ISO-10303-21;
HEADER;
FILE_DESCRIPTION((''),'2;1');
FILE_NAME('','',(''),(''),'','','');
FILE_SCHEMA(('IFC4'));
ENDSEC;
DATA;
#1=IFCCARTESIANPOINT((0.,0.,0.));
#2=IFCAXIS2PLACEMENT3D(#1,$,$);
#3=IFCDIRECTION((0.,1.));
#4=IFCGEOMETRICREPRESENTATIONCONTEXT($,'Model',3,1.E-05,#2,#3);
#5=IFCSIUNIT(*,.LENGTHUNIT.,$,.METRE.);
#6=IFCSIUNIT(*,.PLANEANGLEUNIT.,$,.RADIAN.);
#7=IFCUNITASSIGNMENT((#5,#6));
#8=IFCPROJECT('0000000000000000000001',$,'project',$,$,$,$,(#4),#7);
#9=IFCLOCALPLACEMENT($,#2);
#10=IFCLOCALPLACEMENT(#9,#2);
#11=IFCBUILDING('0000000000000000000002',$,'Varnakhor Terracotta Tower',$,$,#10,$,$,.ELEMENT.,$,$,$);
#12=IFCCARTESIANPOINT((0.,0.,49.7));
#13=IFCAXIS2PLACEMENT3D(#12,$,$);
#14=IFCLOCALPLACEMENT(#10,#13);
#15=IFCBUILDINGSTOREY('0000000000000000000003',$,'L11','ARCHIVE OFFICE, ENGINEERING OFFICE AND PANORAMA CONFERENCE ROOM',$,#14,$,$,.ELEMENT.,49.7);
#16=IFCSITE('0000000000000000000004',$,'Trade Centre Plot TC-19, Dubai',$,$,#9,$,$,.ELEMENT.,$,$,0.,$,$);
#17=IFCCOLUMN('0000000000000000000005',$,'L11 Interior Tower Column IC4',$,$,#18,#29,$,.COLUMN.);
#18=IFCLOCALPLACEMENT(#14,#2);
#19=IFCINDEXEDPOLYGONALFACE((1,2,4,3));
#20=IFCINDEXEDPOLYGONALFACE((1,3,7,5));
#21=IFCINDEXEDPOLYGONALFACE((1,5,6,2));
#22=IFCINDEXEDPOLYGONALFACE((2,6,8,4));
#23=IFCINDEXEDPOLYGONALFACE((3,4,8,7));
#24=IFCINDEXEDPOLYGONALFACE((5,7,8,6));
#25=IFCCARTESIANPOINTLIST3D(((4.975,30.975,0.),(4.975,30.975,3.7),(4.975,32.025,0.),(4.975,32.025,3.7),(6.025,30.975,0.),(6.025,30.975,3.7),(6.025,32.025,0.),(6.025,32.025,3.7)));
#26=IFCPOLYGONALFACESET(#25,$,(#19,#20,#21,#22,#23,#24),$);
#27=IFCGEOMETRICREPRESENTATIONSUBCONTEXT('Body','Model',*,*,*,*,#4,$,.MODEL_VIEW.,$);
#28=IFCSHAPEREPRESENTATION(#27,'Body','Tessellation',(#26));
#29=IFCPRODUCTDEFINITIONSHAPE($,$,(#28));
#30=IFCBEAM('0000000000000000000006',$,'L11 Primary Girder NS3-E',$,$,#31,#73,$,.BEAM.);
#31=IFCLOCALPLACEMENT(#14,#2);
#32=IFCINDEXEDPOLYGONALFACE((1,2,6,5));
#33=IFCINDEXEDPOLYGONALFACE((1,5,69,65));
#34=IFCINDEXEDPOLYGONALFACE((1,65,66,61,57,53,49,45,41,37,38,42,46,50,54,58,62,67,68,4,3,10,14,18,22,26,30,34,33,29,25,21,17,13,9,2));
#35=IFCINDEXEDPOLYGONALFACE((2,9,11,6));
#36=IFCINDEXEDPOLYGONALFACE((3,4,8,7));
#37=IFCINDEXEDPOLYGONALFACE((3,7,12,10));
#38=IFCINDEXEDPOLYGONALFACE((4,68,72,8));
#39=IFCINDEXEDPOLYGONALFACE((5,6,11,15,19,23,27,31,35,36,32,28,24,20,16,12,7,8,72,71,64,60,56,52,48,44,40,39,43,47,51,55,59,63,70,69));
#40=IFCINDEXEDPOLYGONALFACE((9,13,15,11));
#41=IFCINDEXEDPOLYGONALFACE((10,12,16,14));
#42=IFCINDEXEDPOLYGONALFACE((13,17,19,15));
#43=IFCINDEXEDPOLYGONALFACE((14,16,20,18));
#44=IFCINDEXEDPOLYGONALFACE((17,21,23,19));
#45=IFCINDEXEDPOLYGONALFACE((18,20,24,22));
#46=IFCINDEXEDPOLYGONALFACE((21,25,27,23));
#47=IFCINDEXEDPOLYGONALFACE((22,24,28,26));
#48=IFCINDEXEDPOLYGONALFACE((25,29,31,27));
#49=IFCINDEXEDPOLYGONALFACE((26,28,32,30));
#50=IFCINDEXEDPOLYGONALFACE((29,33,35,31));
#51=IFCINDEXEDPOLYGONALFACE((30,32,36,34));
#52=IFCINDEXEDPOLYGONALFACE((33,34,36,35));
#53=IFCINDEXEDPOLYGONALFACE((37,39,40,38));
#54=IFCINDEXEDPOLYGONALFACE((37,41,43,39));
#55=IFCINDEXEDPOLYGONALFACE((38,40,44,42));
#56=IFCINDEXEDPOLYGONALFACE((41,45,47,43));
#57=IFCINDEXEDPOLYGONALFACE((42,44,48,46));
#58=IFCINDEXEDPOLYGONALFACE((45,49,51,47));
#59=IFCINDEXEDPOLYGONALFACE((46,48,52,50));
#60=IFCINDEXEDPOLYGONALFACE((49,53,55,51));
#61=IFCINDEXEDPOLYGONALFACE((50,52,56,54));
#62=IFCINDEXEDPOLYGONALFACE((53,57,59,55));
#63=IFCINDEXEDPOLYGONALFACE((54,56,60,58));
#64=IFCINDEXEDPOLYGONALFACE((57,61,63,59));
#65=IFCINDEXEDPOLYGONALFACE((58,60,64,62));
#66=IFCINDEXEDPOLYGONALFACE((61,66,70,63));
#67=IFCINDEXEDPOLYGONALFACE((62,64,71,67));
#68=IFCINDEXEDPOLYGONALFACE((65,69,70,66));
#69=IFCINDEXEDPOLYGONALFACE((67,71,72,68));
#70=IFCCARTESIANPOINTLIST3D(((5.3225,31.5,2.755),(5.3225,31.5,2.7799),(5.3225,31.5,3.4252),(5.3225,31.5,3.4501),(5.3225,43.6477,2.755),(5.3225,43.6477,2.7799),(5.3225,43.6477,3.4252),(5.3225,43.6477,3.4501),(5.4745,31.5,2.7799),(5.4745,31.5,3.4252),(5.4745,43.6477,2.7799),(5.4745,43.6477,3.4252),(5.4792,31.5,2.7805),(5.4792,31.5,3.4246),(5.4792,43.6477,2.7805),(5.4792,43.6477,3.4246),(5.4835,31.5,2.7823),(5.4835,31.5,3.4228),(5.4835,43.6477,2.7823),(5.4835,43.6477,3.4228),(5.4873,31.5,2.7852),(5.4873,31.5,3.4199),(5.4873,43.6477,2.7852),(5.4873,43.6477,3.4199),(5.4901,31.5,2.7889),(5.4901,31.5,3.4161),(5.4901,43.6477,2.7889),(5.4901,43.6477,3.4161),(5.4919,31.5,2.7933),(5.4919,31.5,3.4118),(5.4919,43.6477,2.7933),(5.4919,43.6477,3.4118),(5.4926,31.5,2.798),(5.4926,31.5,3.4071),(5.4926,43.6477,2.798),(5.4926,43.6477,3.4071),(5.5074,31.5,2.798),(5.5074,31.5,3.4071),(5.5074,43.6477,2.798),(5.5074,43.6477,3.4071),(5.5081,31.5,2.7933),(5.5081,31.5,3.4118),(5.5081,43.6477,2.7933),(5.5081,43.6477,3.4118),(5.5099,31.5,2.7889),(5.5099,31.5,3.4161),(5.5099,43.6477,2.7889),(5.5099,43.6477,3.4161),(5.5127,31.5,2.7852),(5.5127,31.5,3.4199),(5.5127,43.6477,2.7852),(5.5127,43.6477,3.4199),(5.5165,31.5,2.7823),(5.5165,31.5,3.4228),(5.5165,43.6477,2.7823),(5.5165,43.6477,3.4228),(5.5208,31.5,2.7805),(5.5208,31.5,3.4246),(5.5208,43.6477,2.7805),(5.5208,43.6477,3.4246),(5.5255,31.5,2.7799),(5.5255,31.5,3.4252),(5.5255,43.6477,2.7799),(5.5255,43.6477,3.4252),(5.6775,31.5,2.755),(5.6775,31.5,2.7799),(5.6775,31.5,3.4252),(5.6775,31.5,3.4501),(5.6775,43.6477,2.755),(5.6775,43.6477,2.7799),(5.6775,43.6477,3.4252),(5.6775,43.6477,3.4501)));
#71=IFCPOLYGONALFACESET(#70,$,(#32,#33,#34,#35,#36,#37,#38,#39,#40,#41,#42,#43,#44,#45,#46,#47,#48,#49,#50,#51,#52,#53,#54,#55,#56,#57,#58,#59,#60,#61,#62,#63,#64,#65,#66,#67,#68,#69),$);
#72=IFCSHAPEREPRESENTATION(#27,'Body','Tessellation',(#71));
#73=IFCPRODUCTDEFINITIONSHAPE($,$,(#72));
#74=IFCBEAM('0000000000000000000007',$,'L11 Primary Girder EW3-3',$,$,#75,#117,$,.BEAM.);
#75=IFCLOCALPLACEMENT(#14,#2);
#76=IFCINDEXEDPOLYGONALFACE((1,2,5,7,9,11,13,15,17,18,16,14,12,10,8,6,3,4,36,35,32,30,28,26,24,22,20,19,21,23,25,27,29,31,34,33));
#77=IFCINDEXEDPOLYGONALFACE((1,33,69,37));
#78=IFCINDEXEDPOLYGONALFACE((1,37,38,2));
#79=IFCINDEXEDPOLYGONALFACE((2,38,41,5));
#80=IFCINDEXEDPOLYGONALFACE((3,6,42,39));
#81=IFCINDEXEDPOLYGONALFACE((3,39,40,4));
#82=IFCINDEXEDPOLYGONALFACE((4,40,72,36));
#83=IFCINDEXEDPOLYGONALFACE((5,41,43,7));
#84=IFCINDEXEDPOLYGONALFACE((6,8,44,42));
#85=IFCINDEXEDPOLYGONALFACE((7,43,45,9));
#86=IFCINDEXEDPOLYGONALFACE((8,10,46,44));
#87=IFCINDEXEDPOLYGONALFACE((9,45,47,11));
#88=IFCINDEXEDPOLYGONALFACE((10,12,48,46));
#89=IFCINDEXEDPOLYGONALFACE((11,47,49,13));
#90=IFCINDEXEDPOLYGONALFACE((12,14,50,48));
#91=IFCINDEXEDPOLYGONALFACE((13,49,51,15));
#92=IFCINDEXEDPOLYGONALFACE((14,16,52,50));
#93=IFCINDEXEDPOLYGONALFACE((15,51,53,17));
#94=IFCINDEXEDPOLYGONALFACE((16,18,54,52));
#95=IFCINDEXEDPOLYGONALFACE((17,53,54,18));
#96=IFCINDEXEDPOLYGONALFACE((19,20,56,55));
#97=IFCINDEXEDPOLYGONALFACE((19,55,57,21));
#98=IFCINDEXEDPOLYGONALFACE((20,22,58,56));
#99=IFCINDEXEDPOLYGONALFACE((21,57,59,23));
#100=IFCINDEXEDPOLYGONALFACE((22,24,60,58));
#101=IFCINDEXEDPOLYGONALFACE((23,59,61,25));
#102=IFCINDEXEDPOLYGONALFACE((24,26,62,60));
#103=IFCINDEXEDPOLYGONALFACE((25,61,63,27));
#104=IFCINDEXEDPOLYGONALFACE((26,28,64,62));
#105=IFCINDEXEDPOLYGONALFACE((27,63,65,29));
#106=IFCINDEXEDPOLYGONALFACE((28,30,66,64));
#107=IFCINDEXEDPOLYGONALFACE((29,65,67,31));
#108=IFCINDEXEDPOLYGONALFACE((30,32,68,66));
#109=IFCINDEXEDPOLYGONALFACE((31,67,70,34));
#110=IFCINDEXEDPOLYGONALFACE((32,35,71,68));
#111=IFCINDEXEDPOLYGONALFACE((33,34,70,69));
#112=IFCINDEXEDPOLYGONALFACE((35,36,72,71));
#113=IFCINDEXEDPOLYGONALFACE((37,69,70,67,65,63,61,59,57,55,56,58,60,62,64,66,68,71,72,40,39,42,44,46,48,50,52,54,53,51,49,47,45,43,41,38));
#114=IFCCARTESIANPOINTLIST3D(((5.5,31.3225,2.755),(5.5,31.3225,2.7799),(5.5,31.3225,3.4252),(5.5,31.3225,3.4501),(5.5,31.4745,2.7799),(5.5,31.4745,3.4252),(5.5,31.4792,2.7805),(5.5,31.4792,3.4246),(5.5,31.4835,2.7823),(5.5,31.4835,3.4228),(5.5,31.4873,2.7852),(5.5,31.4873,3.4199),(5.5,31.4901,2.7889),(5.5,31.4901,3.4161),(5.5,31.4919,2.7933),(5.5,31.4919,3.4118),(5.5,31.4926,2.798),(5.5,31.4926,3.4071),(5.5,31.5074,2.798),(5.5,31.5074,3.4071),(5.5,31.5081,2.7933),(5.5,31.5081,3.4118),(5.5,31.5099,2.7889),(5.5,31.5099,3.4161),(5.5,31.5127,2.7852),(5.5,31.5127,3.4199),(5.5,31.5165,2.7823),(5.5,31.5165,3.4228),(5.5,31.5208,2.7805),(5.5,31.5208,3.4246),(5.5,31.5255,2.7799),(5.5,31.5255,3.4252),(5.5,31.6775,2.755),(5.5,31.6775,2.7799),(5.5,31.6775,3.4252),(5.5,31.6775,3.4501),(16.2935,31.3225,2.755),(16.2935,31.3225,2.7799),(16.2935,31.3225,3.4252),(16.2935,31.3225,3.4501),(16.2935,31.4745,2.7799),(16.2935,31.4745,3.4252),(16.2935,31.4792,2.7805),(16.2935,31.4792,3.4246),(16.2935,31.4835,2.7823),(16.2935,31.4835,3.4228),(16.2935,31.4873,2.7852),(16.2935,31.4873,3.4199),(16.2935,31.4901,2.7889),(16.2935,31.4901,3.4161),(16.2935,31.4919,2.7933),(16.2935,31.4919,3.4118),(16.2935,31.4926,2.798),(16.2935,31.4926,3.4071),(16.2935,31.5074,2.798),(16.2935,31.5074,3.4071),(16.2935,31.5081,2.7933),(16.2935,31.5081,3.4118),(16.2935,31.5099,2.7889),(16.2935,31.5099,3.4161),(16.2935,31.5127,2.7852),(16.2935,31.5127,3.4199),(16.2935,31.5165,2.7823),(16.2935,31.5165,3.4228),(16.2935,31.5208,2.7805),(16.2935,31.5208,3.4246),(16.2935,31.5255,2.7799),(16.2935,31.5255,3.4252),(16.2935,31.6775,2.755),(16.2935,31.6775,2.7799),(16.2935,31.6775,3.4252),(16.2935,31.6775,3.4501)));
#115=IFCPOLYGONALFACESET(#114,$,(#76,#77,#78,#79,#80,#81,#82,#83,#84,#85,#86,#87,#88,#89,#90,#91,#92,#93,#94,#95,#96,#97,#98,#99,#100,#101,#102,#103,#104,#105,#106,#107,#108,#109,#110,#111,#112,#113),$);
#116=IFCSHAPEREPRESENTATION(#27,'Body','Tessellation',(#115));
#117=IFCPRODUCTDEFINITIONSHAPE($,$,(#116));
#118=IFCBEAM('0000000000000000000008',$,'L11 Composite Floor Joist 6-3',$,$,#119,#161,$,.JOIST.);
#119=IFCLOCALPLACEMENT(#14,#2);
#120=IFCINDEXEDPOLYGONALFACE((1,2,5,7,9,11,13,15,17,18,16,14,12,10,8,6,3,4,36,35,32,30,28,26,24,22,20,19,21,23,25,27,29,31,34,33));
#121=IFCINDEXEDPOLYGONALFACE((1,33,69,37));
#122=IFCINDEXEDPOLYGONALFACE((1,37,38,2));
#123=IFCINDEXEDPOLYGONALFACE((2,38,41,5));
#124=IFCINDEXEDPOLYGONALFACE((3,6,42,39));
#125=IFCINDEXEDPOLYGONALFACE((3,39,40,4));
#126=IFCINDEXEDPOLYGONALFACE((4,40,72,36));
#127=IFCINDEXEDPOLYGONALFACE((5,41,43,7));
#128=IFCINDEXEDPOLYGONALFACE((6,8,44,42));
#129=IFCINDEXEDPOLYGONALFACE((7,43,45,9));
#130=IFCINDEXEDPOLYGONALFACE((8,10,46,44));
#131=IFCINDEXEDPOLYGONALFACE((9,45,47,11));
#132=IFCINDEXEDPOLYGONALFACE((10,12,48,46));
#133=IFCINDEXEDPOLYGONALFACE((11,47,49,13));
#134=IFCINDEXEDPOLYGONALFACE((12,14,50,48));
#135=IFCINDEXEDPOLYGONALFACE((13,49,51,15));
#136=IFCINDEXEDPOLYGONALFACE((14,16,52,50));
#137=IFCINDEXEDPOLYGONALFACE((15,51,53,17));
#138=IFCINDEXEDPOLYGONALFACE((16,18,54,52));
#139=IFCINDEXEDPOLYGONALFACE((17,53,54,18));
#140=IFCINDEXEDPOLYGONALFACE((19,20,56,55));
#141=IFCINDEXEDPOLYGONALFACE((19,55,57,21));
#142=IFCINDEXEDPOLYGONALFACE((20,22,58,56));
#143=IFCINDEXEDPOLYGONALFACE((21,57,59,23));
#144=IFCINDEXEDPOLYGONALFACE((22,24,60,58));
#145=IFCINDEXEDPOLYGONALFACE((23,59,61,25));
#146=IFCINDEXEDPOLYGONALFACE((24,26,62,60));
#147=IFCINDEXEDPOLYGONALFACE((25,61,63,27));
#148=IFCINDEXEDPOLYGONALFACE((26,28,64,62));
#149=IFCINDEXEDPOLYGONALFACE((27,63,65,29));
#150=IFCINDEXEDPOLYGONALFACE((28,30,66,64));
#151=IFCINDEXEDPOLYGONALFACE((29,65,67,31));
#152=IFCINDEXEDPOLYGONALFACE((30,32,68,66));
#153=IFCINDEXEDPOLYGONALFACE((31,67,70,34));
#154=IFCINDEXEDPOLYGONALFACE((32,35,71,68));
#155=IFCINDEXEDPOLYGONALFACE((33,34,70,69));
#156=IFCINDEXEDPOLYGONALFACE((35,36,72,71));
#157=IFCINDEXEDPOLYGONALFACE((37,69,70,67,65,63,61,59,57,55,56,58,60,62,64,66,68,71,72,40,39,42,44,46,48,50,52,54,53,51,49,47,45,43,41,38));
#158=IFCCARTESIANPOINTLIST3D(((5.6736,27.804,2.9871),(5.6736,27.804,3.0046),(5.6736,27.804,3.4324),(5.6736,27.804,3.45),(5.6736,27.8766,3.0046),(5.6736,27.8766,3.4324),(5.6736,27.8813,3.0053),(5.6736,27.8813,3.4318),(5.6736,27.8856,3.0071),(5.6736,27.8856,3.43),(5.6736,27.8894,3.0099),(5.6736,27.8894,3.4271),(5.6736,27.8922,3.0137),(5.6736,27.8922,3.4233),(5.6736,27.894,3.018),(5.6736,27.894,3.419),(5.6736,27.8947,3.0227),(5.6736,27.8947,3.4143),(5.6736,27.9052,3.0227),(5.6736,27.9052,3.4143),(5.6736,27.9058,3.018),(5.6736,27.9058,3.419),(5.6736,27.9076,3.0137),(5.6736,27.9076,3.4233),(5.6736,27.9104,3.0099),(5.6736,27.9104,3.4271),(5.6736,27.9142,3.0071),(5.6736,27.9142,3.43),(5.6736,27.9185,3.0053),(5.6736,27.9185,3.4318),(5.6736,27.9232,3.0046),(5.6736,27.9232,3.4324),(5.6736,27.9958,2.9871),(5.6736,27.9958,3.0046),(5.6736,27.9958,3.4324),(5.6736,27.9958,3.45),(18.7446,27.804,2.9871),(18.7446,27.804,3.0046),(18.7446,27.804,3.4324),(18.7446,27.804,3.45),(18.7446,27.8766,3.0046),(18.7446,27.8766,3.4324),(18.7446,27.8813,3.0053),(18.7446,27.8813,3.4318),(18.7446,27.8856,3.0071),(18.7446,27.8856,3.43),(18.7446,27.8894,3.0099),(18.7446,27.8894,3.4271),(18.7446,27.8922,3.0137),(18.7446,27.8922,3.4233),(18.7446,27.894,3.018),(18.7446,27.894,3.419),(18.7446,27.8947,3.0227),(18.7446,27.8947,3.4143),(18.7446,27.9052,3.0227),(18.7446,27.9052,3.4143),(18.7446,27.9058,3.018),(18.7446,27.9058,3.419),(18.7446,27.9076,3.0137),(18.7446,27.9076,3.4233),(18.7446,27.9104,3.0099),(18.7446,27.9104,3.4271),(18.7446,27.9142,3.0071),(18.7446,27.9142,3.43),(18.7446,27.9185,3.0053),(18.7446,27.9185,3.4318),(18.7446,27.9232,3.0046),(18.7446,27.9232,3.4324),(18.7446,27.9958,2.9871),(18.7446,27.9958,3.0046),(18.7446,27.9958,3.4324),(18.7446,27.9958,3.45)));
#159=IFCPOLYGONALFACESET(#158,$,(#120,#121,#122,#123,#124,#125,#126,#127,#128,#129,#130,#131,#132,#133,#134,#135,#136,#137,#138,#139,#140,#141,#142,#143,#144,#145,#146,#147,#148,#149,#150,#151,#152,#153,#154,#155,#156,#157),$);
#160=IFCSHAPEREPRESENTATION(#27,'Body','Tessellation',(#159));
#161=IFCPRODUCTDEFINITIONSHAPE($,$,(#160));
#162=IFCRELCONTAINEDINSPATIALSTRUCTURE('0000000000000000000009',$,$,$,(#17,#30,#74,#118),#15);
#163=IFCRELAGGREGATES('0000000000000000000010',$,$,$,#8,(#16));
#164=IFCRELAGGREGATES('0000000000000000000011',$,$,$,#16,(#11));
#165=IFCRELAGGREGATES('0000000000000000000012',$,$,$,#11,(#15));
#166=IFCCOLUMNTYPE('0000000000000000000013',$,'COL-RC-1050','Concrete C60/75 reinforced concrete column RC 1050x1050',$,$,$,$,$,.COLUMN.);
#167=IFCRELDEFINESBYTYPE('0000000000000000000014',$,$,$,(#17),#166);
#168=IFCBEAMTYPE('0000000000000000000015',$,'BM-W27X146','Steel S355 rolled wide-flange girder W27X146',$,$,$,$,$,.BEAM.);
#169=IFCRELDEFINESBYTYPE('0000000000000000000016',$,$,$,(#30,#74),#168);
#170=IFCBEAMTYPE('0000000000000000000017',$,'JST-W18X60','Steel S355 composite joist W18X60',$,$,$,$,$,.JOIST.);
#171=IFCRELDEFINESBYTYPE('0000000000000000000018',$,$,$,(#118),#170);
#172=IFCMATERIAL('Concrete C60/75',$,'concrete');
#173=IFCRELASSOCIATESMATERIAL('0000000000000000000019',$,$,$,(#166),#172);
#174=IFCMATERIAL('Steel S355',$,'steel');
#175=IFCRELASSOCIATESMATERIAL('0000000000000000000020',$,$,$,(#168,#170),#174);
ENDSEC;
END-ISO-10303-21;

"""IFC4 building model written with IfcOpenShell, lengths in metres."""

from ifc_helpers import new_model, si_unit, direction, frame, origin, origin_2d, place, context, subcontext, project, spatial, rectangle, i_section, extrude, source, transform, mapped, material, material_profile, profile_set, type_object, element, save


model = new_model("IFC4")

# Units and contexts
model_context = context("Model", 3, precision=1e-05, world=origin(), true_north=direction((0.0, 1.0)))
body_context = subcontext(model_context, "Body", "Model", "MODEL_VIEW")
ifc_project = project(units=[si_unit("LENGTHUNIT", "METRE"), si_unit("PLANEANGLEUNIT", "RADIAN")], contexts=[model_context])

# Site, building, storey
site_placement = place(None, origin())
site = spatial("IfcSite", under=ifc_project, at=site_placement, Name="Trade Centre Plot TC-19, Dubai", CompositionType="ELEMENT", RefElevation=0.0)
building_placement = place(site_placement, origin())
building = spatial("IfcBuilding", under=site, at=building_placement, Name="Varnakhor Terracotta Tower", CompositionType="ELEMENT")
storey_placement = place(building_placement, frame((0.0, 0.0, 49.7)))
storey = spatial("IfcBuildingStorey", under=building, at=storey_placement, Name="L11", Description="ARCHIVE OFFICE, ENGINEERING OFFICE AND PANORAMA CONFERENCE ROOM", CompositionType="ELEMENT", Elevation=49.7)

# Column
ifc_material_1 = material(Name="Concrete C60/75", Category="concrete")
ifc_material_profile_1 = material_profile(ifc_material_1, rectangle(XDim=1.05, YDim=1.05, at=origin_2d()), Name="RC 1050x1050")
ifc_profile_set_1 = profile_set([ifc_material_profile_1], Name="Concrete C60/75")
column_type = type_object("IfcColumnType", Name="COL-RC-1050", Description="Concrete C60/75 reinforced concrete column RC 1050x1050", PredefinedType="COLUMN", material=ifc_profile_set_1)
shared_shape_1 = source(origin(), body_context, "Body", "SweptSolid", [
    extrude(rectangle(XDim=1.05, YDim=1.05, at=origin_2d()), origin(), (0.0, 0.0, 1.0), 3.7),
])
column_placement = place(storey_placement, frame((5.5, 31.5, 0.0), z_axis=(0.0, 0.0, 1.0), x_axis=(1.0, 0.0, 0.0)))
element("IfcColumn", 1, at=column_placement, inside=storey, type_object=column_type, Name="L11 Interior Tower Column IC4", PredefinedType="COLUMN", context=body_context, shape_type="MappedRepresentation", body=[
    mapped(shared_shape_1, transform((0.0, 0.0, 0.0), scale=1.0)),
])

# Beams
ifc_material_2 = material(Name="Steel S355", Category="steel")
ifc_material_profile_2 = material_profile(ifc_material_2, i_section(OverallWidth=0.355, OverallDepth=0.6951, WebThickness=0.0149, FlangeThickness=0.0249, FilletRadius=0.0181, at=origin_2d()), Name="W27X146")
ifc_profile_set_2 = profile_set([ifc_material_profile_2], Name="Steel S355")
beam_type_1 = type_object("IfcBeamType", Name="BM-W27X146", Description="Steel S355 rolled wide-flange girder W27X146", PredefinedType="BEAM", material=ifc_profile_set_2)
shared_shape_2 = source(origin(), body_context, "Body", "SweptSolid", [
    extrude(i_section(OverallWidth=0.355, OverallDepth=0.6951, WebThickness=0.0149, FlangeThickness=0.0249, FilletRadius=0.0181, at=origin_2d()), origin(), (0.0, 0.0, 1.0), 12.1477),
])
beam_1_placement = place(storey_placement, frame((5.5, 31.5, 3.1025), z_axis=(0.0, 1.0, 0.0), x_axis=(-1.0, 0.0, 0.0)))
element("IfcBeam", 2, at=beam_1_placement, inside=storey, type_object=beam_type_1, Name="L11 Primary Girder NS3-E", PredefinedType="BEAM", context=body_context, shape_type="MappedRepresentation", body=[
    mapped(shared_shape_2, transform((0.0, 0.0, 0.0), scale=1.0)),
])
shared_shape_3 = source(origin(), body_context, "Body", "SweptSolid", [
    extrude(i_section(OverallWidth=0.355, OverallDepth=0.6951, WebThickness=0.0149, FlangeThickness=0.0249, FilletRadius=0.0181, at=origin_2d()), origin(), (0.0, 0.0, 1.0), 10.7935),
])
beam_2_placement = place(storey_placement, frame((5.5, 31.5, 3.1025), z_axis=(1.0, 0.0, 0.0), x_axis=(0.0, 1.0, 0.0)))
element("IfcBeam", 3, at=beam_2_placement, inside=storey, type_object=beam_type_1, Name="L11 Primary Girder EW3-3", PredefinedType="BEAM", context=body_context, shape_type="MappedRepresentation", body=[
    mapped(shared_shape_3, transform((0.0, 0.0, 0.0), scale=1.0)),
])
ifc_material_profile_3 = material_profile(ifc_material_2, i_section(OverallWidth=0.1919, OverallDepth=0.4629, WebThickness=0.0105, FlangeThickness=0.0176, FilletRadius=0.0181, at=origin_2d()), Name="W18X60")
ifc_profile_set_3 = profile_set([ifc_material_profile_3], Name="Steel S355")
beam_type_2 = type_object("IfcBeamType", Name="JST-W18X60", Description="Steel S355 composite joist W18X60", PredefinedType="JOIST", material=ifc_profile_set_3)
shared_shape_4 = source(origin(), body_context, "Body", "SweptSolid", [
    extrude(i_section(OverallWidth=0.1919, OverallDepth=0.4629, WebThickness=0.0105, FlangeThickness=0.0176, FilletRadius=0.0181, at=origin_2d()), origin(), (0.0, 0.0, 1.0), 13.071),
])
beam_3_placement = place(storey_placement, frame((5.6736, 27.8999, 3.2185), z_axis=(1.0, 0.0, 0.0), x_axis=(0.0, 1.0, 0.0)))
element("IfcBeam", 4, at=beam_3_placement, inside=storey, type_object=beam_type_2, Name="L11 Composite Floor Joist 6-3", PredefinedType="JOIST", context=body_context, shape_type="MappedRepresentation", body=[
    mapped(shared_shape_4, transform((0.0, 0.0, 0.0), scale=1.0)),
])

save(model, "model.ifc")
